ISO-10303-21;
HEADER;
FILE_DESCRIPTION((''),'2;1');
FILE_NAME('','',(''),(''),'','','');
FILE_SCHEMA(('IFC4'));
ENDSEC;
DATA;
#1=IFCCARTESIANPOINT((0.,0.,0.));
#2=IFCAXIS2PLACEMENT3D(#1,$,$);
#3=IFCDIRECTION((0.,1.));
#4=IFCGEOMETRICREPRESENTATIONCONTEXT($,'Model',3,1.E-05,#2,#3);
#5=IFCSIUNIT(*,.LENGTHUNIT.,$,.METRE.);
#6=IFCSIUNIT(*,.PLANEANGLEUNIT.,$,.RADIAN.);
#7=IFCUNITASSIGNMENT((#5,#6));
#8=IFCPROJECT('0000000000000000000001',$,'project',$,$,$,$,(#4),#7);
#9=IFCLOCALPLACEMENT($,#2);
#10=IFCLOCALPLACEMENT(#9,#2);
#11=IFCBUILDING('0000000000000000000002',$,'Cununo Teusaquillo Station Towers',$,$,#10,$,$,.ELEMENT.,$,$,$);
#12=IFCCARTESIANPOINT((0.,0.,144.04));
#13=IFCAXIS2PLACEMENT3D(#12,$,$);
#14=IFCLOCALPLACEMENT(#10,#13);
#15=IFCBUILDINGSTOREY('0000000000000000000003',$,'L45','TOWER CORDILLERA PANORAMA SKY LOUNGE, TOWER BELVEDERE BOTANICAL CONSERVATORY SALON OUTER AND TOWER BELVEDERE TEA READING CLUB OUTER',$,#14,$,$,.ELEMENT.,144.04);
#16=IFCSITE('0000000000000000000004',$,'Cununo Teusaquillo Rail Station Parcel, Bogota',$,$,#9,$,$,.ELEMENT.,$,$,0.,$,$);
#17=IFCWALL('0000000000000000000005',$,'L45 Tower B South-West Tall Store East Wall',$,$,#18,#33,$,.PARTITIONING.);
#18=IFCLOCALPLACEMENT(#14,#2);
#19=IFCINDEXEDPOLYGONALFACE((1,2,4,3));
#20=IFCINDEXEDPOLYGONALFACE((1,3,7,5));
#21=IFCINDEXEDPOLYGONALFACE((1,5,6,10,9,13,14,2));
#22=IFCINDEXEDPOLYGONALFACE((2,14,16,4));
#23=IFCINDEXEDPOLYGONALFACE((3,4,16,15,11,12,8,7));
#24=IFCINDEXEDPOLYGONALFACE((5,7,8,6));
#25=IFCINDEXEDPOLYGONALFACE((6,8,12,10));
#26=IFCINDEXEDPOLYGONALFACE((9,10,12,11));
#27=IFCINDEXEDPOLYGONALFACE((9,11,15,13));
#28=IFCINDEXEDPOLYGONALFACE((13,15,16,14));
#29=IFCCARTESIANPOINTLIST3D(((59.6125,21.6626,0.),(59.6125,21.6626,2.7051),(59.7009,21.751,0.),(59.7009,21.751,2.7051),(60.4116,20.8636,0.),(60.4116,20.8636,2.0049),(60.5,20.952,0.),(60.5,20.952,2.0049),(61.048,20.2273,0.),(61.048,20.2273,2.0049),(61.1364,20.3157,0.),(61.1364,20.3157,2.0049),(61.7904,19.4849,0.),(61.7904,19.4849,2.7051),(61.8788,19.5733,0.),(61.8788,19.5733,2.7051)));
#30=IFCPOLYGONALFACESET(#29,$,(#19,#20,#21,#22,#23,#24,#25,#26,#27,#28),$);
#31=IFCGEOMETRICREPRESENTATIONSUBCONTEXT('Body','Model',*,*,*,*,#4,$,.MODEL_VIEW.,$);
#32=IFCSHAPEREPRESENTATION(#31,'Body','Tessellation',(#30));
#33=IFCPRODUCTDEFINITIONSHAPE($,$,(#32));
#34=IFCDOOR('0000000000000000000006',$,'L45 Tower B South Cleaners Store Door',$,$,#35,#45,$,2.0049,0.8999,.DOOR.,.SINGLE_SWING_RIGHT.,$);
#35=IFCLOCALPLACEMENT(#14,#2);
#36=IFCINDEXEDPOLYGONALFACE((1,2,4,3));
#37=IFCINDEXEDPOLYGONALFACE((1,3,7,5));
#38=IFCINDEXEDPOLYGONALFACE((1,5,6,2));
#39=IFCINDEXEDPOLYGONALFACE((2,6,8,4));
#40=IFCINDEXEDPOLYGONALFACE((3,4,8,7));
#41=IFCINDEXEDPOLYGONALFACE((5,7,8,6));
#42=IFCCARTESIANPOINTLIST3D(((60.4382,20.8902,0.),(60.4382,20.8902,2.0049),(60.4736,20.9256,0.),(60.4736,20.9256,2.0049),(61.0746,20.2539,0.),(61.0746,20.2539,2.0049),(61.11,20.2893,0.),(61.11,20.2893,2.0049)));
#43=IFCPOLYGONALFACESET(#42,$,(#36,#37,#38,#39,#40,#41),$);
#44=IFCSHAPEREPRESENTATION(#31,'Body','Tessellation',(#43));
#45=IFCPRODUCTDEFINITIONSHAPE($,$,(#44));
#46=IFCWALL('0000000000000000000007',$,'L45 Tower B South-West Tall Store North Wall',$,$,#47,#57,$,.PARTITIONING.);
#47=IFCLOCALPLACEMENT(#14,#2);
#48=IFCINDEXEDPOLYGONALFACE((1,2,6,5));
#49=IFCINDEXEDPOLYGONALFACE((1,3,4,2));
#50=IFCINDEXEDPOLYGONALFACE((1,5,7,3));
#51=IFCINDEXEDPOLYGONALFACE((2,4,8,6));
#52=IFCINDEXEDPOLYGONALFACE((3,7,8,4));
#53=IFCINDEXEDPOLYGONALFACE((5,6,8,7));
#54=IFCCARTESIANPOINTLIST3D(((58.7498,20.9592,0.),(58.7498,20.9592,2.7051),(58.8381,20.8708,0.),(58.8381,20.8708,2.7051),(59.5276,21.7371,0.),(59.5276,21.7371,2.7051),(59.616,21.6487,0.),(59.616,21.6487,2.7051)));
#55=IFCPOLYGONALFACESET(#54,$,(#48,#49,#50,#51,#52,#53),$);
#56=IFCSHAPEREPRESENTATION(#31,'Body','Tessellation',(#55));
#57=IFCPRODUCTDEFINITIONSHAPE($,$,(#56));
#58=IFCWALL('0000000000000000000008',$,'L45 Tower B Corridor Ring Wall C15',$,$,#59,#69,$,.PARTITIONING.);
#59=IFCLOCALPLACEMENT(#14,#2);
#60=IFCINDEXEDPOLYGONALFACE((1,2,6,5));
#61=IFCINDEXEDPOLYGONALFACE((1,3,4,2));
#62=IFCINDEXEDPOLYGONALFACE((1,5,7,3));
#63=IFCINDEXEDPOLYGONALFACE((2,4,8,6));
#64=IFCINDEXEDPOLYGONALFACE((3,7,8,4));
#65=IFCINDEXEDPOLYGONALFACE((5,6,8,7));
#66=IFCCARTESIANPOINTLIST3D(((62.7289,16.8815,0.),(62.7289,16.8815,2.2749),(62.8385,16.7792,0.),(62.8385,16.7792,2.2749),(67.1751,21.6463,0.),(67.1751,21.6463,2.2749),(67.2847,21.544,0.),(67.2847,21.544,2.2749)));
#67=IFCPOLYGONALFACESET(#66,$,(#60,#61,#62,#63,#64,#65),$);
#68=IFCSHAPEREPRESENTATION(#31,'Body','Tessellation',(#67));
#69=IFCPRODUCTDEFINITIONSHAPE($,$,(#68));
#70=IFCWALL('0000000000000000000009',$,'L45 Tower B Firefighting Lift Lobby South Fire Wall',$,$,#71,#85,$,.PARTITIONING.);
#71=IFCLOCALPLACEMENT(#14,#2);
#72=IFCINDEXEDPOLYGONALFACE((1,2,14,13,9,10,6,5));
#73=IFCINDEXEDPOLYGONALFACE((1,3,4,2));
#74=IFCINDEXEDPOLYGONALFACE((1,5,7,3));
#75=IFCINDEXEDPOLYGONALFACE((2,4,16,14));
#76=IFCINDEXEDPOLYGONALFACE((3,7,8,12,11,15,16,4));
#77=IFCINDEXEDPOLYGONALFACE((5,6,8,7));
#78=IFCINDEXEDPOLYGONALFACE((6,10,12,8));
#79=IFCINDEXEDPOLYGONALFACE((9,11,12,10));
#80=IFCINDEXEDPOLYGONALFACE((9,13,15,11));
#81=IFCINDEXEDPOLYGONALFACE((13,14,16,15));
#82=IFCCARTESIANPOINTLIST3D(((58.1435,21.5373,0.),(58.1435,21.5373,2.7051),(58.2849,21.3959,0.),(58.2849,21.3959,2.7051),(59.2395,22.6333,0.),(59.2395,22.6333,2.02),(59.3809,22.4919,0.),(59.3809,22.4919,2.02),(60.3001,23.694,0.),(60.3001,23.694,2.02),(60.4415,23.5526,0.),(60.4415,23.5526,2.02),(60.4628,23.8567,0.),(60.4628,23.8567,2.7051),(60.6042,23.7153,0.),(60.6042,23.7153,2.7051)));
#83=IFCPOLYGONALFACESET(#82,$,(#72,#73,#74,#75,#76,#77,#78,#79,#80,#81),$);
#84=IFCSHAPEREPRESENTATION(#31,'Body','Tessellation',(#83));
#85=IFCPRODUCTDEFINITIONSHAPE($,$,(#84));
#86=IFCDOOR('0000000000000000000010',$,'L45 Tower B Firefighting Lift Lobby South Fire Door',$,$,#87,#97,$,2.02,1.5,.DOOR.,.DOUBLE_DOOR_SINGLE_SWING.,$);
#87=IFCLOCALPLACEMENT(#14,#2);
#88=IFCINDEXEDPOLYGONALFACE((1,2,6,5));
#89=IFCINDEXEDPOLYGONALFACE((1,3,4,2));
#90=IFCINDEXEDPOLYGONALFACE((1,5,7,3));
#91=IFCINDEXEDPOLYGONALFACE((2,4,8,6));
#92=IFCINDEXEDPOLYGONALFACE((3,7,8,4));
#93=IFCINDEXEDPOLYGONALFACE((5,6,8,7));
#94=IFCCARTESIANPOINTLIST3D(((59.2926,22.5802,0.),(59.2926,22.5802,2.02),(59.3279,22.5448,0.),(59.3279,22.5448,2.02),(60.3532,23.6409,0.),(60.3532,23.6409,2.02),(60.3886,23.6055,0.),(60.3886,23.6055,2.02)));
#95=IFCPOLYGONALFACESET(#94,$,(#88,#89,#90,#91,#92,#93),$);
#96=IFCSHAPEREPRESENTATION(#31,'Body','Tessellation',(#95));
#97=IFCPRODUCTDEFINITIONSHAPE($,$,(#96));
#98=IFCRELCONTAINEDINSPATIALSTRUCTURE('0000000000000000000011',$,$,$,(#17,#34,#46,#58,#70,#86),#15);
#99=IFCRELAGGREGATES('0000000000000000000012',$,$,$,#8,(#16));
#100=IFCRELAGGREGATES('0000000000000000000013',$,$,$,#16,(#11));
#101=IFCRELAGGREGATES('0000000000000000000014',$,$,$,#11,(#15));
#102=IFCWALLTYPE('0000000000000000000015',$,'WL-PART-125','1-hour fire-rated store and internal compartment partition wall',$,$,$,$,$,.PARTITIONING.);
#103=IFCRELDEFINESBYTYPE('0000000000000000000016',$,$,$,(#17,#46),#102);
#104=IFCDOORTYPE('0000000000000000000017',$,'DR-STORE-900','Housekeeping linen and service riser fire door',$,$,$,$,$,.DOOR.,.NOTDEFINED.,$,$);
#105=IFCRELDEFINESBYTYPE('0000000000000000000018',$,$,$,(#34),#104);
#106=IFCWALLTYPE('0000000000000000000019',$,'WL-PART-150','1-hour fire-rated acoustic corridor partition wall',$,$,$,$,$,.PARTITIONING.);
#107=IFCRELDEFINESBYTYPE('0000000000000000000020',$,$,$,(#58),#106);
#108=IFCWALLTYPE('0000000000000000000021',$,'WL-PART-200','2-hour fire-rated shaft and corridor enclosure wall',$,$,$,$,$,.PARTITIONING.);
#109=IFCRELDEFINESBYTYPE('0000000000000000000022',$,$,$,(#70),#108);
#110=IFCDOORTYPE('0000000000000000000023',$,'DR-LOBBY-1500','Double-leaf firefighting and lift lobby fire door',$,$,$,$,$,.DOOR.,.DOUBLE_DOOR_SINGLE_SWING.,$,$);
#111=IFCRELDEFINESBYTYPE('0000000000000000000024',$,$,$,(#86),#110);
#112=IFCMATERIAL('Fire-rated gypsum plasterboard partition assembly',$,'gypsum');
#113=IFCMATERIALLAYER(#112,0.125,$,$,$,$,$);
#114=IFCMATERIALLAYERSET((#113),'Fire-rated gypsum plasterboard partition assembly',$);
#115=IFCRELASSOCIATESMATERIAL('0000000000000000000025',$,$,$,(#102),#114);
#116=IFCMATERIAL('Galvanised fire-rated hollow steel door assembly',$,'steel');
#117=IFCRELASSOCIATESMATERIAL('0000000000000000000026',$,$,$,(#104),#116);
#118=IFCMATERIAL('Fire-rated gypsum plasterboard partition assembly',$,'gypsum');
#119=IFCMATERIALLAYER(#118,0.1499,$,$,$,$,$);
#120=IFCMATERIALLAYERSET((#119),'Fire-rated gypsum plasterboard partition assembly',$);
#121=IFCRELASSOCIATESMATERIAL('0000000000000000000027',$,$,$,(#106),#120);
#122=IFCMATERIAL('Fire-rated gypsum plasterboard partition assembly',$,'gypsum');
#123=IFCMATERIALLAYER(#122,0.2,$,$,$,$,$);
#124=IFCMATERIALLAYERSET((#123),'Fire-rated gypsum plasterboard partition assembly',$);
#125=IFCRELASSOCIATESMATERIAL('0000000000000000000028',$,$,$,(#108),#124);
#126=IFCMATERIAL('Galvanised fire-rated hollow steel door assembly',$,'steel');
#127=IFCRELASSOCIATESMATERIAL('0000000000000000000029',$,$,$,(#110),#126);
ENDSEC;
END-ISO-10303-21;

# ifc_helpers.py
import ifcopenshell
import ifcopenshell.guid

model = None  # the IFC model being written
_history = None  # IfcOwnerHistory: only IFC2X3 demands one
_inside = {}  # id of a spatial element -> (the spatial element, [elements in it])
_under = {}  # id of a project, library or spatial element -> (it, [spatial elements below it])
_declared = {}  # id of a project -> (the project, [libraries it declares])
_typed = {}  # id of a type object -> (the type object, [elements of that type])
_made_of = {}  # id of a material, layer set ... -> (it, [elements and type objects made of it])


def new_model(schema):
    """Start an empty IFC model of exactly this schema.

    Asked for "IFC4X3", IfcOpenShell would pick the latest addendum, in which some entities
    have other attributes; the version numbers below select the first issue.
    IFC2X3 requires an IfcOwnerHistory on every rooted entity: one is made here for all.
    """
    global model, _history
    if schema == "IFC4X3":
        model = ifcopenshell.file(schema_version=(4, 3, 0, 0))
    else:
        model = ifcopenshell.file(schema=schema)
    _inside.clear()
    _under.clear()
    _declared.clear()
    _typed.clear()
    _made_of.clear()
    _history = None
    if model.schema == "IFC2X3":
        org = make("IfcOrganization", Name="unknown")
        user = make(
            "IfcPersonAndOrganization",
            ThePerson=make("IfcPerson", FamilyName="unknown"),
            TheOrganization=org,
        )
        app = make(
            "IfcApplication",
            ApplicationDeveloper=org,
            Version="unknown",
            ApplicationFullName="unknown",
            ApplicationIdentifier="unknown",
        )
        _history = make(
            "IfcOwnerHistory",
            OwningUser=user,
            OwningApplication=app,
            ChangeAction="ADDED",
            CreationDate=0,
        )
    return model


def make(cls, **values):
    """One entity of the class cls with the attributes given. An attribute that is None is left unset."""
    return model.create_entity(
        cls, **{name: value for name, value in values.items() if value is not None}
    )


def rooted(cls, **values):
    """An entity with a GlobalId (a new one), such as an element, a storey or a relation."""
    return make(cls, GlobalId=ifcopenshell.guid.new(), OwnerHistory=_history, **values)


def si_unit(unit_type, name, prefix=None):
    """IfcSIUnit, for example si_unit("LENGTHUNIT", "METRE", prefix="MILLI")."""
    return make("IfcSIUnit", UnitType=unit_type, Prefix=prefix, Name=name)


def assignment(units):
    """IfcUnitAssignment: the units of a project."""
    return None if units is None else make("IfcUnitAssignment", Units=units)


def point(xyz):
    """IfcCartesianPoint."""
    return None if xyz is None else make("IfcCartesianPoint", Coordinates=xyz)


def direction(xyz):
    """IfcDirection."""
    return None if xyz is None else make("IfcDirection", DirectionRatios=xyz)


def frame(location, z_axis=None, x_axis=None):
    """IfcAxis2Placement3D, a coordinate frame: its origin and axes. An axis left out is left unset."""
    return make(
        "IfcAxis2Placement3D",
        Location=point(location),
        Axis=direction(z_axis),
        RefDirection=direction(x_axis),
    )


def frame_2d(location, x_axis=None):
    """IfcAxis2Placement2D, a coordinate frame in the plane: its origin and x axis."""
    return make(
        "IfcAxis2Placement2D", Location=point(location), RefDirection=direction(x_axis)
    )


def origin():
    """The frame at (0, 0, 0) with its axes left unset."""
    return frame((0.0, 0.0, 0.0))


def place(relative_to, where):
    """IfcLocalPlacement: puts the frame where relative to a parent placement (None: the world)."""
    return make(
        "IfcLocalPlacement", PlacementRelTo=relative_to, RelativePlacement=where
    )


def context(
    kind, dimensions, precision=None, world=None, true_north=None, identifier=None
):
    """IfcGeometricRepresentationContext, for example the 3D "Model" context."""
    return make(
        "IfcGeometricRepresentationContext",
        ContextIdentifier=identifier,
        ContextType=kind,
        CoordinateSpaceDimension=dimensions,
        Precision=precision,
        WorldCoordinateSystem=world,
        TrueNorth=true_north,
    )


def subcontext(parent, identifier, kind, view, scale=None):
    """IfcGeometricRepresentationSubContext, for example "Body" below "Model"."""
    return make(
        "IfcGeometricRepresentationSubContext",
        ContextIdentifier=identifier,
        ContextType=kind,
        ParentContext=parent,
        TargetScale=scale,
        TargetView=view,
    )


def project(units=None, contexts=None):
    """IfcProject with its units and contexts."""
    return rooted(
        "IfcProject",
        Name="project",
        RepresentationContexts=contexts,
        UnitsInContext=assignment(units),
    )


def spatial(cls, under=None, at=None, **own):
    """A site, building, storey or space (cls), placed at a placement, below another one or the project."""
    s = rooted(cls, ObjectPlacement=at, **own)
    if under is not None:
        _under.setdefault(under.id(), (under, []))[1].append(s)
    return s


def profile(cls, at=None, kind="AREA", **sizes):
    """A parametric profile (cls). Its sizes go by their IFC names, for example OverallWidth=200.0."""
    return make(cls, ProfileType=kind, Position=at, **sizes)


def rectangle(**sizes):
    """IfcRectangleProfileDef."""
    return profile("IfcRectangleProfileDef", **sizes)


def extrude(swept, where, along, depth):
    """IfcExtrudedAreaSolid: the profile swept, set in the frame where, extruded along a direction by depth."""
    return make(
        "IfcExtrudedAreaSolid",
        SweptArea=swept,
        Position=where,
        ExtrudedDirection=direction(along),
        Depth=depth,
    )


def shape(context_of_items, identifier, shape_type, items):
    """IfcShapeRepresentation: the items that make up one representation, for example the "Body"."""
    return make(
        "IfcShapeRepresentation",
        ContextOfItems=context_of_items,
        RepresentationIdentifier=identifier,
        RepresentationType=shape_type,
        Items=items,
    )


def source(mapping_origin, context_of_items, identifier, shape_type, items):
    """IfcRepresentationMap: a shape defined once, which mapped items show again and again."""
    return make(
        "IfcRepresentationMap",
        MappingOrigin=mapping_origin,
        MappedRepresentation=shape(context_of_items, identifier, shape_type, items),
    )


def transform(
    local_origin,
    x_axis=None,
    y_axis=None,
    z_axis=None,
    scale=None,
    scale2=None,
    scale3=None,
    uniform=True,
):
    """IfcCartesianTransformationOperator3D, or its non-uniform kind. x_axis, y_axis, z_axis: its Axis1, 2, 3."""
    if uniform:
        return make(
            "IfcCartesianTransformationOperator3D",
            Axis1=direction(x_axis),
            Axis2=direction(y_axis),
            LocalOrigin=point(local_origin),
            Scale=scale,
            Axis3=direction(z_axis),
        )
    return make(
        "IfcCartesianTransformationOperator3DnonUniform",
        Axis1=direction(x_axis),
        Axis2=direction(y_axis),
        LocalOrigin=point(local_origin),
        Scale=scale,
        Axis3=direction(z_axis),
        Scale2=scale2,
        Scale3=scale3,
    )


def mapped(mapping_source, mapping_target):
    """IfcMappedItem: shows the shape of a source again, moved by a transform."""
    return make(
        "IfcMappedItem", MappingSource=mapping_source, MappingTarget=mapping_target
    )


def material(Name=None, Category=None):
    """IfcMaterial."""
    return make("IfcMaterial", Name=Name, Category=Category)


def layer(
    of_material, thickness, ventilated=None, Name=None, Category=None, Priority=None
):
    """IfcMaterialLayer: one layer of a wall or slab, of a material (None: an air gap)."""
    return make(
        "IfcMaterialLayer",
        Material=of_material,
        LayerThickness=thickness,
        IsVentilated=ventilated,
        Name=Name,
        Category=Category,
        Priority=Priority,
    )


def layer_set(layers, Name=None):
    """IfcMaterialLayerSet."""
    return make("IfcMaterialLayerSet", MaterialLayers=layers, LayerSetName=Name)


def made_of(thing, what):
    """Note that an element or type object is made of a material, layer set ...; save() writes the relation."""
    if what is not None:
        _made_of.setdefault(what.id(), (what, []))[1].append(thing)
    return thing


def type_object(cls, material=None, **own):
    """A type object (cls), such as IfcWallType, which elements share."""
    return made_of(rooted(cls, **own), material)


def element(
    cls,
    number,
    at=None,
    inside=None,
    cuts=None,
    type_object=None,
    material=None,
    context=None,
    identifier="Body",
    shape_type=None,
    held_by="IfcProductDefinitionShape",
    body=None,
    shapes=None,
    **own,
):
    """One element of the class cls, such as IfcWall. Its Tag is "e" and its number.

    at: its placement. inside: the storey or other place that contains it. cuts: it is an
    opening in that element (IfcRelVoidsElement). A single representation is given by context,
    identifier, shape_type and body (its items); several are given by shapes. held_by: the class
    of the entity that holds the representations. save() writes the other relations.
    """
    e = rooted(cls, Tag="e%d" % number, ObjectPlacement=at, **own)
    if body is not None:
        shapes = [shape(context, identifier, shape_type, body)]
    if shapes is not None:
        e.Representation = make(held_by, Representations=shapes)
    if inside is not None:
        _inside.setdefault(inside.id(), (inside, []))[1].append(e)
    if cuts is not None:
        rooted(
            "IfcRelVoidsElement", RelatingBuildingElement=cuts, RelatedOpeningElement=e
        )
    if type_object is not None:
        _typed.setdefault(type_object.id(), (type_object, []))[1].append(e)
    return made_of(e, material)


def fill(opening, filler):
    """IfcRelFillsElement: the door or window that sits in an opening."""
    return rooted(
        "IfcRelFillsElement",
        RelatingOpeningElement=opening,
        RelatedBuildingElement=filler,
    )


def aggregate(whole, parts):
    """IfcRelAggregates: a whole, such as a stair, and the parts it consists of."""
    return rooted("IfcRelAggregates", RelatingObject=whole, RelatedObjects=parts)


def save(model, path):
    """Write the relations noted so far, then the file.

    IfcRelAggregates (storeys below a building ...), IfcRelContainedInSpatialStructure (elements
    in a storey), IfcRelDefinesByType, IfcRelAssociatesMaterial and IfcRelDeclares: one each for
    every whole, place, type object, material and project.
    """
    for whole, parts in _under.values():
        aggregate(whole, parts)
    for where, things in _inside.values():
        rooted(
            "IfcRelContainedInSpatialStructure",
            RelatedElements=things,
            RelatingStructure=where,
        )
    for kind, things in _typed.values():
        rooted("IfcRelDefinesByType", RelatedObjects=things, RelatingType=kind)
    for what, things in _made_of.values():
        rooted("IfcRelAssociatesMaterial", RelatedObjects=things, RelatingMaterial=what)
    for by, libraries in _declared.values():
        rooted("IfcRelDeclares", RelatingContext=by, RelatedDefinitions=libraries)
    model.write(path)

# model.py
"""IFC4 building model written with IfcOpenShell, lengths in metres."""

from ifc_helpers import new_model, si_unit, direction, frame, frame_2d, origin, place, context, subcontext, project, spatial, rectangle, extrude, source, transform, mapped, material, layer, layer_set, type_object, element, fill, save


model = new_model("IFC4")

# Units and contexts
model_context = context("Model", 3, precision=1e-05, world=origin(), true_north=direction((0.0, 1.0)))
body_context = subcontext(model_context, "Body", "Model", "MODEL_VIEW")
ifc_project = project(units=[si_unit("LENGTHUNIT", "METRE"), si_unit("PLANEANGLEUNIT", "RADIAN")], contexts=[model_context])

# Site, building, storey
site_placement = place(None, origin())
site = spatial("IfcSite", under=ifc_project, at=site_placement, Name="Cununo Teusaquillo Rail Station Parcel, Bogota", CompositionType="ELEMENT", RefElevation=0.0)
building_placement = place(site_placement, origin())
building = spatial("IfcBuilding", under=site, at=building_placement, Name="Cununo Teusaquillo Station Towers", CompositionType="ELEMENT")
storey_placement = place(building_placement, frame((0.0, 0.0, 144.04)))
storey = spatial("IfcBuildingStorey", under=building, at=storey_placement, Name="L45", Description="TOWER CORDILLERA PANORAMA SKY LOUNGE, TOWER BELVEDERE BOTANICAL CONSERVATORY SALON OUTER AND TOWER BELVEDERE TEA READING CLUB OUTER", CompositionType="ELEMENT", Elevation=144.04)

# Wall, opening, door
ifc_material_1 = material(Name="Fire-rated gypsum plasterboard partition assembly", Category="gypsum")
ifc_layer_1 = layer(ifc_material_1, 0.125)
ifc_layer_set_1 = layer_set([ifc_layer_1], Name="Fire-rated gypsum plasterboard partition assembly")
wall_type_1 = type_object("IfcWallType", Name="WL-PART-125", Description="1-hour fire-rated store and internal compartment partition wall", PredefinedType="PARTITIONING", material=ifc_layer_set_1)
wall_1_placement = place(storey_placement, frame((61.8347, 19.5291, 0.0), z_axis=(0.0, 0.0, 1.0), x_axis=(-0.707146, 0.707067, 0.0)))
wall_1 = element("IfcWall", 1, at=wall_1_placement, inside=storey, type_object=wall_type_1, Name="L45 Tower B South-West Tall Store East Wall", PredefinedType="PARTITIONING", context=body_context, shape_type="SweptSolid", body=[
    extrude(rectangle(XDim=3.0798, YDim=0.125, at=frame_2d((1.54, 0.0))), origin(), (0.0, 0.0, 1.0), 2.7051),
])
shared_shape_1 = source(origin(), body_context, "Body", "SweptSolid", [
    extrude(rectangle(XDim=0.8999, YDim=2.0049, at=frame_2d((0.45, 1.0024))), frame((0.0, 0.0725, 0.0), z_axis=(0.0, -1.0, 0.0), x_axis=(1.0, 0.0, 0.0)), (0.0, 0.0, 1.0), 0.145),
])
opening_1_placement = place(wall_1_placement, frame((1.05, 0.0, 0.0)))
opening_1 = element("IfcOpeningElement", 2, at=opening_1_placement, cuts=wall_1, PredefinedType="OPENING", context=body_context, shape_type="MappedRepresentation", body=[
    mapped(shared_shape_1, transform((0.0, 0.0, 0.0), x_axis=(1.0, 0.0, 0.0), y_axis=(0.0, 1.0, 0.0), z_axis=(0.0, 0.0, 1.0), scale=1.0)),
])
ifc_material_2 = material(Name="Galvanised fire-rated hollow steel door assembly", Category="steel")
door_type_1 = type_object("IfcDoorType", Name="DR-STORE-900", Description="Housekeeping linen and service riser fire door", OperationType="NOTDEFINED", PredefinedType="DOOR", material=ifc_material_2)
shared_shape_2 = source(origin(), body_context, "Body", "SweptSolid", [
    extrude(rectangle(XDim=0.8999, YDim=2.0049, at=frame_2d((0.45, 1.0024))), frame((0.0, 0.0249, 0.0), z_axis=(0.0, -1.0, 0.0), x_axis=(1.0, 0.0, 0.0)), (0.0, 0.0, 1.0), 0.05),
])
door_1_placement = place(opening_1_placement, origin())
door_1 = element("IfcDoor", 3, at=door_1_placement, inside=storey, type_object=door_type_1, Name="L45 Tower B South Cleaners Store Door", OperationType="SINGLE_SWING_RIGHT", OverallHeight=2.0049, OverallWidth=0.8999, PredefinedType="DOOR", context=body_context, shape_type="MappedRepresentation", body=[
    mapped(shared_shape_2, transform((0.0, 0.0, 0.0), x_axis=(1.0, 0.0, 0.0), y_axis=(0.0, 1.0, 0.0), z_axis=(0.0, 0.0, 1.0), scale=1.0)),
])
fill(opening_1, door_1)

# Walls
wall_2_placement = place(storey_placement, frame((58.7939, 20.915, 0.0), z_axis=(0.0, 0.0, 1.0), x_axis=(0.707107, 0.707107, 0.0)))
element("IfcWall", 4, at=wall_2_placement, inside=storey, type_object=wall_type_1, Name="L45 Tower B South-West Tall Store North Wall", PredefinedType="PARTITIONING", context=body_context, shape_type="SweptSolid", body=[
    extrude(rectangle(XDim=1.1001, YDim=0.125, at=frame_2d((0.55, 0.0))), origin(), (0.0, 0.0, 1.0), 2.7051),
])
ifc_material_3 = material(Name="Fire-rated gypsum plasterboard partition assembly", Category="gypsum")
ifc_layer_2 = layer(ifc_material_3, 0.1499)
ifc_layer_set_2 = layer_set([ifc_layer_2], Name="Fire-rated gypsum plasterboard partition assembly")
wall_type_2 = type_object("IfcWallType", Name="WL-PART-150", Description="1-hour fire-rated acoustic corridor partition wall", PredefinedType="PARTITIONING", material=ifc_layer_set_2)
wall_3_placement = place(storey_placement, frame((62.7837, 16.8303, 0.0), z_axis=(0.0, 0.0, 1.0), x_axis=(0.682241, 0.731128, 0.0)))
element("IfcWall", 5, at=wall_3_placement, inside=storey, type_object=wall_type_2, Name="L45 Tower B Corridor Ring Wall C15", PredefinedType="PARTITIONING", context=body_context, shape_type="SweptSolid", body=[
    extrude(rectangle(XDim=6.5171, YDim=0.1499, at=frame_2d((3.2585, 0.0))), origin(), (0.0, 0.0, 1.0), 2.2749),
])

# Wall, opening, door
ifc_material_4 = material(Name="Fire-rated gypsum plasterboard partition assembly", Category="gypsum")
ifc_layer_3 = layer(ifc_material_4, 0.2)
ifc_layer_set_3 = layer_set([ifc_layer_3], Name="Fire-rated gypsum plasterboard partition assembly")
wall_type_3 = type_object("IfcWallType", Name="WL-PART-200", Description="2-hour fire-rated shaft and corridor enclosure wall", PredefinedType="PARTITIONING", material=ifc_layer_set_3)
wall_4_placement = place(storey_placement, frame((58.2141, 21.4666, 0.0), z_axis=(0.0, 0.0, 1.0), x_axis=(0.707107, 0.707107, 0.0)))
wall_4 = element("IfcWall", 6, at=wall_4_placement, inside=storey, type_object=wall_type_3, Name="L45 Tower B Firefighting Lift Lobby South Fire Wall", PredefinedType="PARTITIONING", context=body_context, shape_type="SweptSolid", body=[
    extrude(rectangle(XDim=3.28, YDim=0.2, at=frame_2d((1.6401, 0.0))), origin(), (0.0, 0.0, 1.0), 2.7051),
])
shared_shape_3 = source(origin(), body_context, "Body", "SweptSolid", [
    extrude(rectangle(XDim=1.5, YDim=2.02, at=frame_2d((0.75, 1.01))), frame((0.0, 0.1099, 0.0), z_axis=(0.0, -1.0, 0.0), x_axis=(1.0, 0.0, 0.0)), (0.0, 0.0, 1.0), 0.22),
])
opening_2_placement = place(wall_4_placement, frame((1.55, 0.0, 0.0)))
opening_2 = element("IfcOpeningElement", 7, at=opening_2_placement, cuts=wall_4, PredefinedType="OPENING", context=body_context, shape_type="MappedRepresentation", body=[
    mapped(shared_shape_3, transform((0.0, 0.0, 0.0), x_axis=(1.0, 0.0, 0.0), y_axis=(0.0, 1.0, 0.0), z_axis=(0.0, 0.0, 1.0), scale=1.0)),
])
ifc_material_5 = material(Name="Galvanised fire-rated hollow steel door assembly", Category="steel")
door_type_2 = type_object("IfcDoorType", Name="DR-LOBBY-1500", Description="Double-leaf firefighting and lift lobby fire door", OperationType="DOUBLE_DOOR_SINGLE_SWING", PredefinedType="DOOR", material=ifc_material_5)
shared_shape_4 = source(origin(), body_context, "Body", "SweptSolid", [
    extrude(rectangle(XDim=1.5, YDim=2.02, at=frame_2d((0.75, 1.01))), frame((0.0, 0.0249, 0.0), z_axis=(0.0, -1.0, 0.0), x_axis=(1.0, 0.0, 0.0)), (0.0, 0.0, 1.0), 0.05),
])
door_2_placement = place(opening_2_placement, origin())
door_2 = element("IfcDoor", 8, at=door_2_placement, inside=storey, type_object=door_type_2, Name="L45 Tower B Firefighting Lift Lobby South Fire Door", OperationType="DOUBLE_DOOR_SINGLE_SWING", OverallHeight=2.02, OverallWidth=1.5, PredefinedType="DOOR", context=body_context, shape_type="MappedRepresentation", body=[
    mapped(shared_shape_4, transform((0.0, 0.0, 0.0), x_axis=(1.0, 0.0, 0.0), y_axis=(0.0, 1.0, 0.0), z_axis=(0.0, 0.0, 1.0), scale=1.0)),
])
fill(opening_2, door_2)

save(model, "model.ifc")
